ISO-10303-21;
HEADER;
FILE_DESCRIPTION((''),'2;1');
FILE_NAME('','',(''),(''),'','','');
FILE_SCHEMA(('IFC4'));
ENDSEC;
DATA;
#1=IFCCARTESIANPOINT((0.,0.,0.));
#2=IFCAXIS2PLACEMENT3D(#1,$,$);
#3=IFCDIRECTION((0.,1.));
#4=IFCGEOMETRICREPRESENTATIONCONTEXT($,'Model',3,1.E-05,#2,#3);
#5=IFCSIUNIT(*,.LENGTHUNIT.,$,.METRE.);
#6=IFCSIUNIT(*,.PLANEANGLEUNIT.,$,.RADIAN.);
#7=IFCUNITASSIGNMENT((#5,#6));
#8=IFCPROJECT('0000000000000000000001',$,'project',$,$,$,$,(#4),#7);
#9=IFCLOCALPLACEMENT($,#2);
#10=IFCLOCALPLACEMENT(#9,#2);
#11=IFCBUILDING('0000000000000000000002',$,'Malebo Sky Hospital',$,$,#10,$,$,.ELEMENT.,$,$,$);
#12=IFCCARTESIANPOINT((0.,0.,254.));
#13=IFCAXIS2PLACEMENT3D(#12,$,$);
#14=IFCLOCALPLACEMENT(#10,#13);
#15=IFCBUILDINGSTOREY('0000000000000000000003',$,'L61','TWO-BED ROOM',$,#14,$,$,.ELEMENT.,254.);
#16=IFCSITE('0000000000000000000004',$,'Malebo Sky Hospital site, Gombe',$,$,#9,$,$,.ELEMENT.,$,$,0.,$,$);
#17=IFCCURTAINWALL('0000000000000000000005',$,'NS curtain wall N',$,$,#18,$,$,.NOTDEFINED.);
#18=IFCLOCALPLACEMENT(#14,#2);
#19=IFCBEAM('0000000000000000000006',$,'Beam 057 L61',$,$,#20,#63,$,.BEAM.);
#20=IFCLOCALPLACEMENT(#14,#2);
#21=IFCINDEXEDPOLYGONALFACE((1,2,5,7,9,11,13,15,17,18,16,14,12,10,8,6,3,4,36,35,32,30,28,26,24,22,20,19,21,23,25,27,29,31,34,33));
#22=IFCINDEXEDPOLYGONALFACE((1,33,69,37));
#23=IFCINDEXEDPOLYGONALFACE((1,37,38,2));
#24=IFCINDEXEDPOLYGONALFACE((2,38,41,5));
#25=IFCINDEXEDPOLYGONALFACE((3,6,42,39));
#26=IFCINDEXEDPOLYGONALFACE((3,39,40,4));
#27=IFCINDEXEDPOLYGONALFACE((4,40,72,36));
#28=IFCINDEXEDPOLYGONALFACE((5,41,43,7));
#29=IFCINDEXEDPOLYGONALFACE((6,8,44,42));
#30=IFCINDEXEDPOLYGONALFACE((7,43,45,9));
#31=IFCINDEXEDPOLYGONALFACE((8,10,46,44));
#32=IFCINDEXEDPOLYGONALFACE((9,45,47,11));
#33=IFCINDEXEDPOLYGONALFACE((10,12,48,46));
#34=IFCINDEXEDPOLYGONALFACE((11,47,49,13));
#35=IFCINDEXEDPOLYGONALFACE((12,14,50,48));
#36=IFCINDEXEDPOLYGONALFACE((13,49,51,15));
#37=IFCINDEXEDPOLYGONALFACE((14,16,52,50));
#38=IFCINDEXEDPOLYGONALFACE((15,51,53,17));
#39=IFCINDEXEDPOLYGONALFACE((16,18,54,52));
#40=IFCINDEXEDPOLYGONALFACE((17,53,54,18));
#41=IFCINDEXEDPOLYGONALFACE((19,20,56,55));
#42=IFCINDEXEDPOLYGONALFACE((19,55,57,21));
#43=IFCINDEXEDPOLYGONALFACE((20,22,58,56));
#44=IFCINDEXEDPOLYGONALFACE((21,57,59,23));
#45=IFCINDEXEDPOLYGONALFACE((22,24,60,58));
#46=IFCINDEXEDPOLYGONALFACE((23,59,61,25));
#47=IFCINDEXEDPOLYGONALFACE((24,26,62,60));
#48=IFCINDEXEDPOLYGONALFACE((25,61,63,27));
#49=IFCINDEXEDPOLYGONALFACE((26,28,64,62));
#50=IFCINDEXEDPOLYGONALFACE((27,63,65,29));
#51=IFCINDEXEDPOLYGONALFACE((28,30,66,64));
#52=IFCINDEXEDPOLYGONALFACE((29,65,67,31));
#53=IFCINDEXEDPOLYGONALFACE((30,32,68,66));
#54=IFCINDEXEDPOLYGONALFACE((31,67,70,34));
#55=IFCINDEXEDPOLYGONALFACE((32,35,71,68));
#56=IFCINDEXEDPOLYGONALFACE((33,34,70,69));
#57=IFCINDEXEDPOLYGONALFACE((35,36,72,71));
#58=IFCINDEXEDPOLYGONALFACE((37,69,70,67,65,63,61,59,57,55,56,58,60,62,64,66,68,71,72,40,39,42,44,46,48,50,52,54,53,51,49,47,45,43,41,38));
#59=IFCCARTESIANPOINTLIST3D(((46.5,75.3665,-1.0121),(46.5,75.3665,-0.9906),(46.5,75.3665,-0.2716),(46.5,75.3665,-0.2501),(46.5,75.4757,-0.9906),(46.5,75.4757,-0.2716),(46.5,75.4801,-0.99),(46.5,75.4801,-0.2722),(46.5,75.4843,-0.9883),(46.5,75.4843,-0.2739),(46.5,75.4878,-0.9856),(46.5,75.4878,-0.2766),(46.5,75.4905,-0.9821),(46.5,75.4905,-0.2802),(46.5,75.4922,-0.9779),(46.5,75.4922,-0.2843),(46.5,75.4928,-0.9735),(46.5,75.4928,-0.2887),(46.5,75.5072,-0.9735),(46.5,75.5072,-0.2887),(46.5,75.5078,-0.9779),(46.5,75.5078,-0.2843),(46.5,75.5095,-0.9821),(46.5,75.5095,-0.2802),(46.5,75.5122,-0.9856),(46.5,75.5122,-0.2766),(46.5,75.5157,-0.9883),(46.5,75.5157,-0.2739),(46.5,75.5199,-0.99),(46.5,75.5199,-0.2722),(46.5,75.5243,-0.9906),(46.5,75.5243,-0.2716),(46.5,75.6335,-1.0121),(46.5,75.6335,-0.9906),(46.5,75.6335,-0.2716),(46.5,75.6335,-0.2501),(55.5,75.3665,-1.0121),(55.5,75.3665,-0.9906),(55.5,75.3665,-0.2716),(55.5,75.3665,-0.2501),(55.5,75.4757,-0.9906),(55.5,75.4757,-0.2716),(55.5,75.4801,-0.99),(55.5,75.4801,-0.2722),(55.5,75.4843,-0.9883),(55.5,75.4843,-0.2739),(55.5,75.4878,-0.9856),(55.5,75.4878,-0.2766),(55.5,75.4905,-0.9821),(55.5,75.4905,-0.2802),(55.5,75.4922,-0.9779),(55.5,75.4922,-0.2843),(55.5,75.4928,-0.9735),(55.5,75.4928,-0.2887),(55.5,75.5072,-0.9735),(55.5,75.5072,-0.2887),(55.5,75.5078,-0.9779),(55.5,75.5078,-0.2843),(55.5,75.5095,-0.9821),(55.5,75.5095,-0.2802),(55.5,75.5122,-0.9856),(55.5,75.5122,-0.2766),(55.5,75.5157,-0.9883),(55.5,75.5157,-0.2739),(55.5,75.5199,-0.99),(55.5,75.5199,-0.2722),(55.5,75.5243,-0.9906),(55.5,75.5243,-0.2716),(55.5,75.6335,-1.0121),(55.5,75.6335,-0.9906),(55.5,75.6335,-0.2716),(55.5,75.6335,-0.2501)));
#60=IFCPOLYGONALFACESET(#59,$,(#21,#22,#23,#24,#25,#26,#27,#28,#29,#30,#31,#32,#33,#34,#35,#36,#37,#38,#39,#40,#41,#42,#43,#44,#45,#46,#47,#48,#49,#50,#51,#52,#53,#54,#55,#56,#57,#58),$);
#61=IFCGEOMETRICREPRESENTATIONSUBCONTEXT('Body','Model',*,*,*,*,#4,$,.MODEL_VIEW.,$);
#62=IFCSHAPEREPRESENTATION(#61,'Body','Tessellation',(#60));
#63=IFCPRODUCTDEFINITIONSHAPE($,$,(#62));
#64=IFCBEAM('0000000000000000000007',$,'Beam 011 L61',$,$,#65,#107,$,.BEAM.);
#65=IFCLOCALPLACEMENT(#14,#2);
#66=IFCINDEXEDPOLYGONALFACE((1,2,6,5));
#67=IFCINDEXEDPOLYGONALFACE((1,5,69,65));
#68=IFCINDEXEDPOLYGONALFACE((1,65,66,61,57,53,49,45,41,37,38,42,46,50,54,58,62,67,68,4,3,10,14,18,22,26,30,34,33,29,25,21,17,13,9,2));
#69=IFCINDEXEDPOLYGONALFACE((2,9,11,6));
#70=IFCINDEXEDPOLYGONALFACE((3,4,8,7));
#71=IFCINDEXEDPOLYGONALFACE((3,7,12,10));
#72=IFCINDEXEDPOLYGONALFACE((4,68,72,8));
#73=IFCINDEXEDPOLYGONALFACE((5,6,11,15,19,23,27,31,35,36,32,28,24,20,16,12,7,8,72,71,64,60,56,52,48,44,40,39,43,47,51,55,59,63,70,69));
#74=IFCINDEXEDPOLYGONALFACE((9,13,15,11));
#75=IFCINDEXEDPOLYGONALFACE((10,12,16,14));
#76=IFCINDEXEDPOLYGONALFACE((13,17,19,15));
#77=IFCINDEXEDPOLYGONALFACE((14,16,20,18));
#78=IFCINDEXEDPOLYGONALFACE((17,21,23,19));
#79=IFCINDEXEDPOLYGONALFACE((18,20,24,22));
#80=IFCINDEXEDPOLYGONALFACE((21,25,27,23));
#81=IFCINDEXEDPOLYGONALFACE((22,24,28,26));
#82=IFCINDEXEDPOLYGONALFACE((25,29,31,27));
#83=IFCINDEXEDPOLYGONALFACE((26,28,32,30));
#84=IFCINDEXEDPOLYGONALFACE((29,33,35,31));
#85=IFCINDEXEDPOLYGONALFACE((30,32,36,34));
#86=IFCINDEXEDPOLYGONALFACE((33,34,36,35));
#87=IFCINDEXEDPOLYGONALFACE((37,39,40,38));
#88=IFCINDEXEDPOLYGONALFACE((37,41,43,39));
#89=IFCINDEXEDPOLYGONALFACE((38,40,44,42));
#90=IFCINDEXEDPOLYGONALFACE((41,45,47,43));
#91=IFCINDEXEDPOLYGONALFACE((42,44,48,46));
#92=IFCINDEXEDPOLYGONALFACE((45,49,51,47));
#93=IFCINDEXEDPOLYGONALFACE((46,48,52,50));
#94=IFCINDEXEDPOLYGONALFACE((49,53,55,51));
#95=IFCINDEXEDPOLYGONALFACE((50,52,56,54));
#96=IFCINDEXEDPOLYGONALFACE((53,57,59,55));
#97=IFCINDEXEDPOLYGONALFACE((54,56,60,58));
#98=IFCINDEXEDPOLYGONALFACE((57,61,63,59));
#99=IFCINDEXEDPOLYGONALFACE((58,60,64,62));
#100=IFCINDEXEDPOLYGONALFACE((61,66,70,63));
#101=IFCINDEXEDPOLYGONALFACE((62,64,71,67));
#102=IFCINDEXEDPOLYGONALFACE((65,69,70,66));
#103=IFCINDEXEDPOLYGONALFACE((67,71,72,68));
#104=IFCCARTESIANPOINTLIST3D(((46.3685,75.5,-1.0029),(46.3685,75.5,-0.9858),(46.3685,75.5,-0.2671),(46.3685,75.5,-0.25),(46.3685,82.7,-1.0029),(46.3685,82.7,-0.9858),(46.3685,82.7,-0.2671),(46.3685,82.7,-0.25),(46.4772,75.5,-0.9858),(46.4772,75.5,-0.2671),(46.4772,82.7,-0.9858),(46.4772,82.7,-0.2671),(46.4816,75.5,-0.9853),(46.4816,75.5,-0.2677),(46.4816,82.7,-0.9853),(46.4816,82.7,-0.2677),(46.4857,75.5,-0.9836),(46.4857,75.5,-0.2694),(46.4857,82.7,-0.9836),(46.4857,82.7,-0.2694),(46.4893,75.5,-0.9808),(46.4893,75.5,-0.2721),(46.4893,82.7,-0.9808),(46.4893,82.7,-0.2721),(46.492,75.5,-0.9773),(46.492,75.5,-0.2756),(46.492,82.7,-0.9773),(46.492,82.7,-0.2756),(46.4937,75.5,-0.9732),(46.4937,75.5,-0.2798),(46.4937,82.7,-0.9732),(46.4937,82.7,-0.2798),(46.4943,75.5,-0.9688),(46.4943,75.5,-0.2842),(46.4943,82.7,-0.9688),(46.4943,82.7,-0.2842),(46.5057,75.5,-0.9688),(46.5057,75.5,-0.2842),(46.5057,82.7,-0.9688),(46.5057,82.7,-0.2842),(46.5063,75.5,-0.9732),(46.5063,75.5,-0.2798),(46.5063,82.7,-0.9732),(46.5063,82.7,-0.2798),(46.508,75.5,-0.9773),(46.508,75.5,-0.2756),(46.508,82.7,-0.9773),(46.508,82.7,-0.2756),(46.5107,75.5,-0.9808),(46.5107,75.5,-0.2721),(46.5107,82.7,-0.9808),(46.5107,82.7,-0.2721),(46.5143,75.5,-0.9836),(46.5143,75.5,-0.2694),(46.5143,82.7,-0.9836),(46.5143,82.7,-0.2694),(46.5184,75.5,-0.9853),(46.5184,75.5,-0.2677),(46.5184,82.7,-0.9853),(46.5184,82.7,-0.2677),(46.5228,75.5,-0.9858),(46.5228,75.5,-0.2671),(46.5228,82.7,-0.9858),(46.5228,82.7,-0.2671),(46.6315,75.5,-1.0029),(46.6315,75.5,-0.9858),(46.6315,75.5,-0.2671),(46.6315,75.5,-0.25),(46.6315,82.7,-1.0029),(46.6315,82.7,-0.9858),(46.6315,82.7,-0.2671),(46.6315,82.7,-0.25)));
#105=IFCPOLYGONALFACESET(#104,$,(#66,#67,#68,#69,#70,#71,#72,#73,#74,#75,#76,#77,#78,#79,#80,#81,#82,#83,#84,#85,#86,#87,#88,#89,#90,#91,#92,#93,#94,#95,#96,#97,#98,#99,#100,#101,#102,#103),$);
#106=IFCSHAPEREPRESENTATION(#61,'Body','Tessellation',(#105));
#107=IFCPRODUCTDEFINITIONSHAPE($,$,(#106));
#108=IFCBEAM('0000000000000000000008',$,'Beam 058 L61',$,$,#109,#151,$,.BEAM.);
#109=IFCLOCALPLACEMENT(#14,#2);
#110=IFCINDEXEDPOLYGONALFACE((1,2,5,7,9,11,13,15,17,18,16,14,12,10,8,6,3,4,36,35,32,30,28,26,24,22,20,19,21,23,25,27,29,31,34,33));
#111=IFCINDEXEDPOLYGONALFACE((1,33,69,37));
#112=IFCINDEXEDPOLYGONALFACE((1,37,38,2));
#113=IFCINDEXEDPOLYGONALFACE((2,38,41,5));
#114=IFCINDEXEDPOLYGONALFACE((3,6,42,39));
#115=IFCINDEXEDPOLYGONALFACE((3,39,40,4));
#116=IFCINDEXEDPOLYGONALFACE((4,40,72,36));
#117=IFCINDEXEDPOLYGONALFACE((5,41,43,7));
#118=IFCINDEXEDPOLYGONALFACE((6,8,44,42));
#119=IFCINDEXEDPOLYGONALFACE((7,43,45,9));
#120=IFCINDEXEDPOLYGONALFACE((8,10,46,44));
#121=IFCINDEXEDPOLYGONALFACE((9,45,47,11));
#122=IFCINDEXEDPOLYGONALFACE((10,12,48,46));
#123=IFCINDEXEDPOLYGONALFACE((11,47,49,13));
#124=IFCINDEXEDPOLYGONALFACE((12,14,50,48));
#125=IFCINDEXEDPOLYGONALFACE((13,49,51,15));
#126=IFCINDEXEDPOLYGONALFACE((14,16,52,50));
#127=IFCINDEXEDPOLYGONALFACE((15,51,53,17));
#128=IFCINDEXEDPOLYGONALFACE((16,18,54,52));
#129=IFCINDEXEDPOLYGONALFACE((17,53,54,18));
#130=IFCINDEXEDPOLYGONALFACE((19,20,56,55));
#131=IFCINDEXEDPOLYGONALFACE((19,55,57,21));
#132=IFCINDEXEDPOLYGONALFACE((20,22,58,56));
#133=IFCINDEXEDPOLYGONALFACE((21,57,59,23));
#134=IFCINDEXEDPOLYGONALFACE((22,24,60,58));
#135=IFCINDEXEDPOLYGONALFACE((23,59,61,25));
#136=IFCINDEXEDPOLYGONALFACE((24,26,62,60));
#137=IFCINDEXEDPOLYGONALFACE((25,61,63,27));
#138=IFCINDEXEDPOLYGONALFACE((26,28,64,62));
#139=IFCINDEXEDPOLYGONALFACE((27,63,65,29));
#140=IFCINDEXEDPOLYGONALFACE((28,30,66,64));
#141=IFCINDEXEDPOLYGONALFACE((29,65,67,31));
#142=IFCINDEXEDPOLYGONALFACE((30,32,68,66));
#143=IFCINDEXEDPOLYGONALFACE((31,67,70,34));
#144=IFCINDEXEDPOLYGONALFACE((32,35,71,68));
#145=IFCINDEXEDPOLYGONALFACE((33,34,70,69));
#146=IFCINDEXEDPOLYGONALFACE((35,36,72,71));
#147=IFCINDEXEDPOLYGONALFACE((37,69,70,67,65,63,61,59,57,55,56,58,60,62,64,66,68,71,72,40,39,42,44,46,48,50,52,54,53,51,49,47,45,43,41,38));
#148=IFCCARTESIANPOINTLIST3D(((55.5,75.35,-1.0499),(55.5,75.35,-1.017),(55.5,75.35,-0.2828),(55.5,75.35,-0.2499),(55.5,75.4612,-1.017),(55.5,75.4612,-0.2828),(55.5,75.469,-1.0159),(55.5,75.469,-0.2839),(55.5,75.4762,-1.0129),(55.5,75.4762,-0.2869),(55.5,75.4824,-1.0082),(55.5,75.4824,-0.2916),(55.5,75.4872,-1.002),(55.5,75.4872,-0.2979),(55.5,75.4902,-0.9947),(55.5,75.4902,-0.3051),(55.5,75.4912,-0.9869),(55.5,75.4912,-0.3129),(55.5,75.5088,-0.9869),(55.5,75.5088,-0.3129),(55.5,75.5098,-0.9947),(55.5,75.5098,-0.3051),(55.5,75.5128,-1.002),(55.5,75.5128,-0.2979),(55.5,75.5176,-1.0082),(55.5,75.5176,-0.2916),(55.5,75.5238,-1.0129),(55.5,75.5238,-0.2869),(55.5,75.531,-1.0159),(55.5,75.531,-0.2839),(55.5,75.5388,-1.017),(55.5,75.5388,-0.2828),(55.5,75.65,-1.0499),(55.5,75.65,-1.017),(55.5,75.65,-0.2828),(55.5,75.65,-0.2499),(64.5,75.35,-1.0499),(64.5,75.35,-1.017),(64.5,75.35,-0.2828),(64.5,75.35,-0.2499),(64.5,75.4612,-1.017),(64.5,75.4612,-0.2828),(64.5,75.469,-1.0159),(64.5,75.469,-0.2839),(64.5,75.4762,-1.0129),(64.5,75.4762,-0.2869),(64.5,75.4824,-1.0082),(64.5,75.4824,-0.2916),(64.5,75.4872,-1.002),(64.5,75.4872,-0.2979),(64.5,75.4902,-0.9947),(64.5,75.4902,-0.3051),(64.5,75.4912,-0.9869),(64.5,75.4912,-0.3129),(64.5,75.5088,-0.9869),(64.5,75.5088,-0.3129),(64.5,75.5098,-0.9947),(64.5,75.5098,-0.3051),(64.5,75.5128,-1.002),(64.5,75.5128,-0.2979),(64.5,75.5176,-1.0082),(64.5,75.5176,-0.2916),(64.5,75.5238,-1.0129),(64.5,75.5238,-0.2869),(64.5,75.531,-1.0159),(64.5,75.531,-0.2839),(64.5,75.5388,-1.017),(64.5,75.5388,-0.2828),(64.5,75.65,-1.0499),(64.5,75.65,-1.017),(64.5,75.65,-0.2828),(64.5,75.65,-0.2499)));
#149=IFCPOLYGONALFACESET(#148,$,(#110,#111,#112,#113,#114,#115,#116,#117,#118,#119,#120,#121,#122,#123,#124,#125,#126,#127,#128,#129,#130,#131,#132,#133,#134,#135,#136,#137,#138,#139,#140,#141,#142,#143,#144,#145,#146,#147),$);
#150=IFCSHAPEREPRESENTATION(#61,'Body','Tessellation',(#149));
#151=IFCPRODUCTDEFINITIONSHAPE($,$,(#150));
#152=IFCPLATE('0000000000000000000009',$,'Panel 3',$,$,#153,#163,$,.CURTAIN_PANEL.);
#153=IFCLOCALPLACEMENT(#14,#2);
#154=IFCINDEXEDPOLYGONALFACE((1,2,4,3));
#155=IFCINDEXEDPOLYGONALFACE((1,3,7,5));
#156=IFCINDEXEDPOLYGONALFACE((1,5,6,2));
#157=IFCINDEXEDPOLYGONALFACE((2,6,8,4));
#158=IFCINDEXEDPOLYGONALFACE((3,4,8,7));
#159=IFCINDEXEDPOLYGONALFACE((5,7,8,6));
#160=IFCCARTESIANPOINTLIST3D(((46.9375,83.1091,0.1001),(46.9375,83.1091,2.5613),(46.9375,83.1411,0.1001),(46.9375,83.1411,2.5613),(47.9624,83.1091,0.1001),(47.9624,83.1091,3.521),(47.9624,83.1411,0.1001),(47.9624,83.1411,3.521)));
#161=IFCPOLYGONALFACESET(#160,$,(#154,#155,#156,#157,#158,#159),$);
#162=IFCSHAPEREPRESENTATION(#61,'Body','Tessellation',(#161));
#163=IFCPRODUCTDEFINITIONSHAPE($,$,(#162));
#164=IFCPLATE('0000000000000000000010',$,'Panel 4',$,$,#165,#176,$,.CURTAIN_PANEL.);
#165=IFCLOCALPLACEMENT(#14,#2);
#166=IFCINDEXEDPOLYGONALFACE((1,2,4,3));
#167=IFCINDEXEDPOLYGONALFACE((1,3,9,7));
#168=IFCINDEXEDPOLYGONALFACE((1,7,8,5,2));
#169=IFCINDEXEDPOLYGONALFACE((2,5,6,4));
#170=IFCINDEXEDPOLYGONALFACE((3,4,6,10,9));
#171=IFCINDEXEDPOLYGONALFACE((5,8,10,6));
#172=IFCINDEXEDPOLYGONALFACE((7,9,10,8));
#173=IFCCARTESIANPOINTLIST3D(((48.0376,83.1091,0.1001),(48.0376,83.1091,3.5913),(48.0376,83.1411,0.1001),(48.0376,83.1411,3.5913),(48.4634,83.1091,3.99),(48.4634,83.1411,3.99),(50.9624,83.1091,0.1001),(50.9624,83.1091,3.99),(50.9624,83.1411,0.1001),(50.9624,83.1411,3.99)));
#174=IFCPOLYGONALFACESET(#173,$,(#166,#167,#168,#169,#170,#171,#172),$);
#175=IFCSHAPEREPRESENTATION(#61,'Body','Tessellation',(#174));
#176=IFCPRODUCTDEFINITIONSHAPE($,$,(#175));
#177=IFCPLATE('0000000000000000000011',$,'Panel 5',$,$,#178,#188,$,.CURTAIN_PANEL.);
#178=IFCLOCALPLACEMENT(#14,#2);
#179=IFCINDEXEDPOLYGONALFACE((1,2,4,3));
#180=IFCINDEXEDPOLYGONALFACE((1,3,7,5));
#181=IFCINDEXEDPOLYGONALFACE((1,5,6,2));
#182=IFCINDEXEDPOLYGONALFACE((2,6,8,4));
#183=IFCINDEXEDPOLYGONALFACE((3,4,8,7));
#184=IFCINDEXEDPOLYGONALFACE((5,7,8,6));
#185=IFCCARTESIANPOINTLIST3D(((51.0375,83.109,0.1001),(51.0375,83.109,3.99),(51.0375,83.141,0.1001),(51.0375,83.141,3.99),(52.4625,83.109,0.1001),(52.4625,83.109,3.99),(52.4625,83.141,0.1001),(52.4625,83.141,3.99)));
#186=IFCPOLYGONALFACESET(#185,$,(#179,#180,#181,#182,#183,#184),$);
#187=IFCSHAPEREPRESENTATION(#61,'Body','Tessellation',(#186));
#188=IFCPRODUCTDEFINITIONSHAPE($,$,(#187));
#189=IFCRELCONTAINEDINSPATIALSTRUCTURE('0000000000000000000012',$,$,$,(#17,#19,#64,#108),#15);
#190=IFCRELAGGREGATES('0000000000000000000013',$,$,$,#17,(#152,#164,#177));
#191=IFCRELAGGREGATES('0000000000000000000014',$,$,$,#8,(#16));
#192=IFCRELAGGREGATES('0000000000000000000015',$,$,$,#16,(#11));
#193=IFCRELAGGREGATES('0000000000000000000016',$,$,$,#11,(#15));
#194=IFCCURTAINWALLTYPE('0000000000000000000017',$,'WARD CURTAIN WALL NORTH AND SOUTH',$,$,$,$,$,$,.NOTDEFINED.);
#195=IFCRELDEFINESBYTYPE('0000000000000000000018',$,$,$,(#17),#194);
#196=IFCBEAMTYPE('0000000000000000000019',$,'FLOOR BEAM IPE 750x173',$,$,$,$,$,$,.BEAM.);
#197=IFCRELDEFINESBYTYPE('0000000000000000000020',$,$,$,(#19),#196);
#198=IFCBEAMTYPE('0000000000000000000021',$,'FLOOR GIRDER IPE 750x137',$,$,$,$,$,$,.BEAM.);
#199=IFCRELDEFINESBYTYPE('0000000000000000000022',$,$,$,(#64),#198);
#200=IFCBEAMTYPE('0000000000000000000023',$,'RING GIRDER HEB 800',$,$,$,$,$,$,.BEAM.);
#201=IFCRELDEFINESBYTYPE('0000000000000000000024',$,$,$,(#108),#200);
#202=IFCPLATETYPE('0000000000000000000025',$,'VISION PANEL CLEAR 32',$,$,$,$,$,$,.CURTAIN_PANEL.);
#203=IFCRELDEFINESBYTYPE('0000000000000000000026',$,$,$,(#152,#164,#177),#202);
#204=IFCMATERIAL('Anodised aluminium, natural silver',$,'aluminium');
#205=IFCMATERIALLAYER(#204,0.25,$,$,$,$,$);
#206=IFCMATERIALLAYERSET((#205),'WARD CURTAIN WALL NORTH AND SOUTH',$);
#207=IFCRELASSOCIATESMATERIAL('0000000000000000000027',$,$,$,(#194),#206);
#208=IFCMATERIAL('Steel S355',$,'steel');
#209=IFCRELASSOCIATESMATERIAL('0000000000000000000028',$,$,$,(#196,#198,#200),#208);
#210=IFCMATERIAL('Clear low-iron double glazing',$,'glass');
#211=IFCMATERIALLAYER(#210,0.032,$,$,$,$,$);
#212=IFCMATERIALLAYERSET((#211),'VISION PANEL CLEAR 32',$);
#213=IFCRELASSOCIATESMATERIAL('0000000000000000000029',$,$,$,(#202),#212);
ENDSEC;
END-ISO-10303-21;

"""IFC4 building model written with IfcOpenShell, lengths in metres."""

from ifc_helpers import new_model, si_unit, direction, frame, origin, origin_2d, place, context, subcontext, project, spatial, polyline, rectangle, i_section, outline, extrude, material, layer, layer_set, material_profile, profile_set, type_object, element, aggregate, save


model = new_model("IFC4")

# Units and contexts
model_context = context("Model", 3, precision=1e-05, world=origin(), true_north=direction((0.0, 1.0)))
body_context = subcontext(model_context, "Body", "Model", "MODEL_VIEW")
ifc_project = project(units=[si_unit("LENGTHUNIT", "METRE"), si_unit("PLANEANGLEUNIT", "RADIAN")], contexts=[model_context])

# Site, building, storey
site_placement = place(None, origin())
site = spatial("IfcSite", under=ifc_project, at=site_placement, Name="Malebo Sky Hospital site, Gombe", CompositionType="ELEMENT", RefElevation=0.0)
building_placement = place(site_placement, origin())
building = spatial("IfcBuilding", under=site, at=building_placement, Name="Malebo Sky Hospital", CompositionType="ELEMENT")
storey_placement = place(building_placement, frame((0.0, 0.0, 254.0)))
storey = spatial("IfcBuildingStorey", under=building, at=storey_placement, Name="L61", Description="TWO-BED ROOM", CompositionType="ELEMENT", Elevation=254.0)

# Curtain wall
ifc_material_1 = material(Name="Anodised aluminium, natural silver", Category="aluminium")
ifc_layer_1 = layer(ifc_material_1, 0.25)
ifc_layer_set_1 = layer_set([ifc_layer_1], Name="WARD CURTAIN WALL NORTH AND SOUTH")
curtain_wall_type = type_object("IfcCurtainWallType", Name="WARD CURTAIN WALL NORTH AND SOUTH", PredefinedType="NOTDEFINED", material=ifc_layer_set_1)
curtain_wall_placement = place(storey_placement, origin())
curtain_wall = element("IfcCurtainWall", 1, at=curtain_wall_placement, inside=storey, type_object=curtain_wall_type, Name="NS curtain wall N", PredefinedType="NOTDEFINED")

# Beams
ifc_material_2 = material(Name="Steel S355", Category="steel")
ifc_material_profile_1 = material_profile(ifc_material_2, i_section(OverallWidth=0.2671, OverallDepth=0.762, WebThickness=0.0144, FlangeThickness=0.0215, FilletRadius=0.0171, at=origin_2d()), Name="IPE 750x173")
ifc_profile_set_1 = profile_set([ifc_material_profile_1], Name="Steel S355")
beam_type_1 = type_object("IfcBeamType", Name="FLOOR BEAM IPE 750x173", PredefinedType="BEAM", material=ifc_profile_set_1)
beam_1_placement = place(storey_placement, frame((46.5, 75.5, -0.6311), z_axis=(1.0, 0.0, 0.0), x_axis=(0.0, 1.0, 0.0)))
element("IfcBeam", 2, at=beam_1_placement, inside=storey, type_object=beam_type_1, Name="Beam 057 L61", PredefinedType="BEAM", context=body_context, shape_type="SweptSolid", body=[
    extrude(i_section(OverallWidth=0.2671, OverallDepth=0.762, WebThickness=0.0144, FlangeThickness=0.0215, FilletRadius=0.0171, at=origin_2d()), origin(), (0.0, 0.0, 1.0), 9.0),
])
ifc_material_profile_2 = material_profile(ifc_material_2, i_section(OverallWidth=0.2629, OverallDepth=0.7529, WebThickness=0.0115, FlangeThickness=0.0171, FilletRadius=0.0171, at=origin_2d()), Name="IPE 750x137")
ifc_profile_set_2 = profile_set([ifc_material_profile_2], Name="Steel S355")
beam_type_2 = type_object("IfcBeamType", Name="FLOOR GIRDER IPE 750x137", PredefinedType="BEAM", material=ifc_profile_set_2)
beam_2_placement = place(storey_placement, frame((46.5, 75.5, -0.6265), z_axis=(0.0, 1.0, 0.0), x_axis=(-1.0, 0.0, 0.0)))
element("IfcBeam", 3, at=beam_2_placement, inside=storey, type_object=beam_type_2, Name="Beam 011 L61", PredefinedType="BEAM", context=body_context, shape_type="SweptSolid", body=[
    extrude(i_section(OverallWidth=0.2629, OverallDepth=0.7529, WebThickness=0.0115, FlangeThickness=0.0171, FilletRadius=0.0171, at=origin_2d()), origin(), (0.0, 0.0, 1.0), 7.2),
])
ifc_material_profile_3 = material_profile(ifc_material_2, i_section(OverallWidth=0.3, OverallDepth=0.8, WebThickness=0.0176, FlangeThickness=0.033, FilletRadius=0.03, at=origin_2d()), Name="HEB 800")
ifc_profile_set_3 = profile_set([ifc_material_profile_3], Name="Steel S355")
beam_type_3 = type_object("IfcBeamType", Name="RING GIRDER HEB 800", PredefinedType="BEAM", material=ifc_profile_set_3)
beam_3_placement = place(storey_placement, frame((55.5, 75.5, -0.6499), z_axis=(1.0, 0.0, 0.0), x_axis=(0.0, 1.0, 0.0)))
element("IfcBeam", 4, at=beam_3_placement, inside=storey, type_object=beam_type_3, Name="Beam 058 L61", PredefinedType="BEAM", context=body_context, shape_type="SweptSolid", body=[
    extrude(i_section(OverallWidth=0.3, OverallDepth=0.8, WebThickness=0.0176, FlangeThickness=0.033, FilletRadius=0.03, at=origin_2d()), origin(), (0.0, 0.0, 1.0), 9.0),
])

# Plates
ifc_material_3 = material(Name="Clear low-iron double glazing", Category="glass")
ifc_layer_2 = layer(ifc_material_3, 0.032)
ifc_layer_set_2 = layer_set([ifc_layer_2], Name="VISION PANEL CLEAR 32")
plate_type = type_object("IfcPlateType", Name="VISION PANEL CLEAR 32", PredefinedType="CURTAIN_PANEL", material=ifc_layer_set_2)
plate_1_placement = place(storey_placement, frame((47.45, 83.125, 0.1001), z_axis=(0.0, 0.0, 1.0), x_axis=(1.0, 0.0, 0.0)))
plate_1 = element("IfcPlate", 5, at=plate_1_placement, type_object=plate_type, Name="Panel 3", PredefinedType="CURTAIN_PANEL", context=body_context, shape_type="SweptSolid", body=[
    extrude(outline(polyline([(-0.5125, 0.0), (0.5125, 0.0), (0.5125, 3.4209), (-0.5125, 2.4612), (-0.5125, 0.0)])), frame((0.0, 0.0161, 0.0), z_axis=(0.0, -1.0, 0.0), x_axis=(1.0, 0.0, 0.0)), (0.0, 0.0, 1.0), 0.032),
])
plate_2_placement = place(storey_placement, frame((49.5, 83.125, 0.1001), z_axis=(0.0, 0.0, 1.0), x_axis=(1.0, 0.0, 0.0)))
plate_2 = element("IfcPlate", 6, at=plate_2_placement, type_object=plate_type, Name="Panel 4", PredefinedType="CURTAIN_PANEL", context=body_context, shape_type="SweptSolid", body=[
    extrude(outline(polyline([(-1.4624, 0.0), (1.4624, 0.0), (1.4624, 3.8899), (-1.0366, 3.8899), (-1.4624, 3.4912), (-1.4624, 0.0)])), frame((0.0, 0.0161, 0.0), z_axis=(0.0, -1.0, 0.0), x_axis=(1.0, 0.0, 0.0)), (0.0, 0.0, 1.0), 0.032),
])
plate_3_placement = place(storey_placement, frame((51.75, 83.125, 0.1001), z_axis=(0.0, 0.0, 1.0), x_axis=(1.0, 0.0, 0.0)))
plate_3 = element("IfcPlate", 7, at=plate_3_placement, type_object=plate_type, Name="Panel 5", PredefinedType="CURTAIN_PANEL", context=body_context, shape_type="SweptSolid", body=[
    extrude(rectangle(XDim=1.425, YDim=0.032, at=origin_2d()), origin(), (0.0, 0.0, 1.0), 3.8899),
])
aggregate(curtain_wall, [plate_1, plate_2, plate_3])

save(model, "model.ifc")
